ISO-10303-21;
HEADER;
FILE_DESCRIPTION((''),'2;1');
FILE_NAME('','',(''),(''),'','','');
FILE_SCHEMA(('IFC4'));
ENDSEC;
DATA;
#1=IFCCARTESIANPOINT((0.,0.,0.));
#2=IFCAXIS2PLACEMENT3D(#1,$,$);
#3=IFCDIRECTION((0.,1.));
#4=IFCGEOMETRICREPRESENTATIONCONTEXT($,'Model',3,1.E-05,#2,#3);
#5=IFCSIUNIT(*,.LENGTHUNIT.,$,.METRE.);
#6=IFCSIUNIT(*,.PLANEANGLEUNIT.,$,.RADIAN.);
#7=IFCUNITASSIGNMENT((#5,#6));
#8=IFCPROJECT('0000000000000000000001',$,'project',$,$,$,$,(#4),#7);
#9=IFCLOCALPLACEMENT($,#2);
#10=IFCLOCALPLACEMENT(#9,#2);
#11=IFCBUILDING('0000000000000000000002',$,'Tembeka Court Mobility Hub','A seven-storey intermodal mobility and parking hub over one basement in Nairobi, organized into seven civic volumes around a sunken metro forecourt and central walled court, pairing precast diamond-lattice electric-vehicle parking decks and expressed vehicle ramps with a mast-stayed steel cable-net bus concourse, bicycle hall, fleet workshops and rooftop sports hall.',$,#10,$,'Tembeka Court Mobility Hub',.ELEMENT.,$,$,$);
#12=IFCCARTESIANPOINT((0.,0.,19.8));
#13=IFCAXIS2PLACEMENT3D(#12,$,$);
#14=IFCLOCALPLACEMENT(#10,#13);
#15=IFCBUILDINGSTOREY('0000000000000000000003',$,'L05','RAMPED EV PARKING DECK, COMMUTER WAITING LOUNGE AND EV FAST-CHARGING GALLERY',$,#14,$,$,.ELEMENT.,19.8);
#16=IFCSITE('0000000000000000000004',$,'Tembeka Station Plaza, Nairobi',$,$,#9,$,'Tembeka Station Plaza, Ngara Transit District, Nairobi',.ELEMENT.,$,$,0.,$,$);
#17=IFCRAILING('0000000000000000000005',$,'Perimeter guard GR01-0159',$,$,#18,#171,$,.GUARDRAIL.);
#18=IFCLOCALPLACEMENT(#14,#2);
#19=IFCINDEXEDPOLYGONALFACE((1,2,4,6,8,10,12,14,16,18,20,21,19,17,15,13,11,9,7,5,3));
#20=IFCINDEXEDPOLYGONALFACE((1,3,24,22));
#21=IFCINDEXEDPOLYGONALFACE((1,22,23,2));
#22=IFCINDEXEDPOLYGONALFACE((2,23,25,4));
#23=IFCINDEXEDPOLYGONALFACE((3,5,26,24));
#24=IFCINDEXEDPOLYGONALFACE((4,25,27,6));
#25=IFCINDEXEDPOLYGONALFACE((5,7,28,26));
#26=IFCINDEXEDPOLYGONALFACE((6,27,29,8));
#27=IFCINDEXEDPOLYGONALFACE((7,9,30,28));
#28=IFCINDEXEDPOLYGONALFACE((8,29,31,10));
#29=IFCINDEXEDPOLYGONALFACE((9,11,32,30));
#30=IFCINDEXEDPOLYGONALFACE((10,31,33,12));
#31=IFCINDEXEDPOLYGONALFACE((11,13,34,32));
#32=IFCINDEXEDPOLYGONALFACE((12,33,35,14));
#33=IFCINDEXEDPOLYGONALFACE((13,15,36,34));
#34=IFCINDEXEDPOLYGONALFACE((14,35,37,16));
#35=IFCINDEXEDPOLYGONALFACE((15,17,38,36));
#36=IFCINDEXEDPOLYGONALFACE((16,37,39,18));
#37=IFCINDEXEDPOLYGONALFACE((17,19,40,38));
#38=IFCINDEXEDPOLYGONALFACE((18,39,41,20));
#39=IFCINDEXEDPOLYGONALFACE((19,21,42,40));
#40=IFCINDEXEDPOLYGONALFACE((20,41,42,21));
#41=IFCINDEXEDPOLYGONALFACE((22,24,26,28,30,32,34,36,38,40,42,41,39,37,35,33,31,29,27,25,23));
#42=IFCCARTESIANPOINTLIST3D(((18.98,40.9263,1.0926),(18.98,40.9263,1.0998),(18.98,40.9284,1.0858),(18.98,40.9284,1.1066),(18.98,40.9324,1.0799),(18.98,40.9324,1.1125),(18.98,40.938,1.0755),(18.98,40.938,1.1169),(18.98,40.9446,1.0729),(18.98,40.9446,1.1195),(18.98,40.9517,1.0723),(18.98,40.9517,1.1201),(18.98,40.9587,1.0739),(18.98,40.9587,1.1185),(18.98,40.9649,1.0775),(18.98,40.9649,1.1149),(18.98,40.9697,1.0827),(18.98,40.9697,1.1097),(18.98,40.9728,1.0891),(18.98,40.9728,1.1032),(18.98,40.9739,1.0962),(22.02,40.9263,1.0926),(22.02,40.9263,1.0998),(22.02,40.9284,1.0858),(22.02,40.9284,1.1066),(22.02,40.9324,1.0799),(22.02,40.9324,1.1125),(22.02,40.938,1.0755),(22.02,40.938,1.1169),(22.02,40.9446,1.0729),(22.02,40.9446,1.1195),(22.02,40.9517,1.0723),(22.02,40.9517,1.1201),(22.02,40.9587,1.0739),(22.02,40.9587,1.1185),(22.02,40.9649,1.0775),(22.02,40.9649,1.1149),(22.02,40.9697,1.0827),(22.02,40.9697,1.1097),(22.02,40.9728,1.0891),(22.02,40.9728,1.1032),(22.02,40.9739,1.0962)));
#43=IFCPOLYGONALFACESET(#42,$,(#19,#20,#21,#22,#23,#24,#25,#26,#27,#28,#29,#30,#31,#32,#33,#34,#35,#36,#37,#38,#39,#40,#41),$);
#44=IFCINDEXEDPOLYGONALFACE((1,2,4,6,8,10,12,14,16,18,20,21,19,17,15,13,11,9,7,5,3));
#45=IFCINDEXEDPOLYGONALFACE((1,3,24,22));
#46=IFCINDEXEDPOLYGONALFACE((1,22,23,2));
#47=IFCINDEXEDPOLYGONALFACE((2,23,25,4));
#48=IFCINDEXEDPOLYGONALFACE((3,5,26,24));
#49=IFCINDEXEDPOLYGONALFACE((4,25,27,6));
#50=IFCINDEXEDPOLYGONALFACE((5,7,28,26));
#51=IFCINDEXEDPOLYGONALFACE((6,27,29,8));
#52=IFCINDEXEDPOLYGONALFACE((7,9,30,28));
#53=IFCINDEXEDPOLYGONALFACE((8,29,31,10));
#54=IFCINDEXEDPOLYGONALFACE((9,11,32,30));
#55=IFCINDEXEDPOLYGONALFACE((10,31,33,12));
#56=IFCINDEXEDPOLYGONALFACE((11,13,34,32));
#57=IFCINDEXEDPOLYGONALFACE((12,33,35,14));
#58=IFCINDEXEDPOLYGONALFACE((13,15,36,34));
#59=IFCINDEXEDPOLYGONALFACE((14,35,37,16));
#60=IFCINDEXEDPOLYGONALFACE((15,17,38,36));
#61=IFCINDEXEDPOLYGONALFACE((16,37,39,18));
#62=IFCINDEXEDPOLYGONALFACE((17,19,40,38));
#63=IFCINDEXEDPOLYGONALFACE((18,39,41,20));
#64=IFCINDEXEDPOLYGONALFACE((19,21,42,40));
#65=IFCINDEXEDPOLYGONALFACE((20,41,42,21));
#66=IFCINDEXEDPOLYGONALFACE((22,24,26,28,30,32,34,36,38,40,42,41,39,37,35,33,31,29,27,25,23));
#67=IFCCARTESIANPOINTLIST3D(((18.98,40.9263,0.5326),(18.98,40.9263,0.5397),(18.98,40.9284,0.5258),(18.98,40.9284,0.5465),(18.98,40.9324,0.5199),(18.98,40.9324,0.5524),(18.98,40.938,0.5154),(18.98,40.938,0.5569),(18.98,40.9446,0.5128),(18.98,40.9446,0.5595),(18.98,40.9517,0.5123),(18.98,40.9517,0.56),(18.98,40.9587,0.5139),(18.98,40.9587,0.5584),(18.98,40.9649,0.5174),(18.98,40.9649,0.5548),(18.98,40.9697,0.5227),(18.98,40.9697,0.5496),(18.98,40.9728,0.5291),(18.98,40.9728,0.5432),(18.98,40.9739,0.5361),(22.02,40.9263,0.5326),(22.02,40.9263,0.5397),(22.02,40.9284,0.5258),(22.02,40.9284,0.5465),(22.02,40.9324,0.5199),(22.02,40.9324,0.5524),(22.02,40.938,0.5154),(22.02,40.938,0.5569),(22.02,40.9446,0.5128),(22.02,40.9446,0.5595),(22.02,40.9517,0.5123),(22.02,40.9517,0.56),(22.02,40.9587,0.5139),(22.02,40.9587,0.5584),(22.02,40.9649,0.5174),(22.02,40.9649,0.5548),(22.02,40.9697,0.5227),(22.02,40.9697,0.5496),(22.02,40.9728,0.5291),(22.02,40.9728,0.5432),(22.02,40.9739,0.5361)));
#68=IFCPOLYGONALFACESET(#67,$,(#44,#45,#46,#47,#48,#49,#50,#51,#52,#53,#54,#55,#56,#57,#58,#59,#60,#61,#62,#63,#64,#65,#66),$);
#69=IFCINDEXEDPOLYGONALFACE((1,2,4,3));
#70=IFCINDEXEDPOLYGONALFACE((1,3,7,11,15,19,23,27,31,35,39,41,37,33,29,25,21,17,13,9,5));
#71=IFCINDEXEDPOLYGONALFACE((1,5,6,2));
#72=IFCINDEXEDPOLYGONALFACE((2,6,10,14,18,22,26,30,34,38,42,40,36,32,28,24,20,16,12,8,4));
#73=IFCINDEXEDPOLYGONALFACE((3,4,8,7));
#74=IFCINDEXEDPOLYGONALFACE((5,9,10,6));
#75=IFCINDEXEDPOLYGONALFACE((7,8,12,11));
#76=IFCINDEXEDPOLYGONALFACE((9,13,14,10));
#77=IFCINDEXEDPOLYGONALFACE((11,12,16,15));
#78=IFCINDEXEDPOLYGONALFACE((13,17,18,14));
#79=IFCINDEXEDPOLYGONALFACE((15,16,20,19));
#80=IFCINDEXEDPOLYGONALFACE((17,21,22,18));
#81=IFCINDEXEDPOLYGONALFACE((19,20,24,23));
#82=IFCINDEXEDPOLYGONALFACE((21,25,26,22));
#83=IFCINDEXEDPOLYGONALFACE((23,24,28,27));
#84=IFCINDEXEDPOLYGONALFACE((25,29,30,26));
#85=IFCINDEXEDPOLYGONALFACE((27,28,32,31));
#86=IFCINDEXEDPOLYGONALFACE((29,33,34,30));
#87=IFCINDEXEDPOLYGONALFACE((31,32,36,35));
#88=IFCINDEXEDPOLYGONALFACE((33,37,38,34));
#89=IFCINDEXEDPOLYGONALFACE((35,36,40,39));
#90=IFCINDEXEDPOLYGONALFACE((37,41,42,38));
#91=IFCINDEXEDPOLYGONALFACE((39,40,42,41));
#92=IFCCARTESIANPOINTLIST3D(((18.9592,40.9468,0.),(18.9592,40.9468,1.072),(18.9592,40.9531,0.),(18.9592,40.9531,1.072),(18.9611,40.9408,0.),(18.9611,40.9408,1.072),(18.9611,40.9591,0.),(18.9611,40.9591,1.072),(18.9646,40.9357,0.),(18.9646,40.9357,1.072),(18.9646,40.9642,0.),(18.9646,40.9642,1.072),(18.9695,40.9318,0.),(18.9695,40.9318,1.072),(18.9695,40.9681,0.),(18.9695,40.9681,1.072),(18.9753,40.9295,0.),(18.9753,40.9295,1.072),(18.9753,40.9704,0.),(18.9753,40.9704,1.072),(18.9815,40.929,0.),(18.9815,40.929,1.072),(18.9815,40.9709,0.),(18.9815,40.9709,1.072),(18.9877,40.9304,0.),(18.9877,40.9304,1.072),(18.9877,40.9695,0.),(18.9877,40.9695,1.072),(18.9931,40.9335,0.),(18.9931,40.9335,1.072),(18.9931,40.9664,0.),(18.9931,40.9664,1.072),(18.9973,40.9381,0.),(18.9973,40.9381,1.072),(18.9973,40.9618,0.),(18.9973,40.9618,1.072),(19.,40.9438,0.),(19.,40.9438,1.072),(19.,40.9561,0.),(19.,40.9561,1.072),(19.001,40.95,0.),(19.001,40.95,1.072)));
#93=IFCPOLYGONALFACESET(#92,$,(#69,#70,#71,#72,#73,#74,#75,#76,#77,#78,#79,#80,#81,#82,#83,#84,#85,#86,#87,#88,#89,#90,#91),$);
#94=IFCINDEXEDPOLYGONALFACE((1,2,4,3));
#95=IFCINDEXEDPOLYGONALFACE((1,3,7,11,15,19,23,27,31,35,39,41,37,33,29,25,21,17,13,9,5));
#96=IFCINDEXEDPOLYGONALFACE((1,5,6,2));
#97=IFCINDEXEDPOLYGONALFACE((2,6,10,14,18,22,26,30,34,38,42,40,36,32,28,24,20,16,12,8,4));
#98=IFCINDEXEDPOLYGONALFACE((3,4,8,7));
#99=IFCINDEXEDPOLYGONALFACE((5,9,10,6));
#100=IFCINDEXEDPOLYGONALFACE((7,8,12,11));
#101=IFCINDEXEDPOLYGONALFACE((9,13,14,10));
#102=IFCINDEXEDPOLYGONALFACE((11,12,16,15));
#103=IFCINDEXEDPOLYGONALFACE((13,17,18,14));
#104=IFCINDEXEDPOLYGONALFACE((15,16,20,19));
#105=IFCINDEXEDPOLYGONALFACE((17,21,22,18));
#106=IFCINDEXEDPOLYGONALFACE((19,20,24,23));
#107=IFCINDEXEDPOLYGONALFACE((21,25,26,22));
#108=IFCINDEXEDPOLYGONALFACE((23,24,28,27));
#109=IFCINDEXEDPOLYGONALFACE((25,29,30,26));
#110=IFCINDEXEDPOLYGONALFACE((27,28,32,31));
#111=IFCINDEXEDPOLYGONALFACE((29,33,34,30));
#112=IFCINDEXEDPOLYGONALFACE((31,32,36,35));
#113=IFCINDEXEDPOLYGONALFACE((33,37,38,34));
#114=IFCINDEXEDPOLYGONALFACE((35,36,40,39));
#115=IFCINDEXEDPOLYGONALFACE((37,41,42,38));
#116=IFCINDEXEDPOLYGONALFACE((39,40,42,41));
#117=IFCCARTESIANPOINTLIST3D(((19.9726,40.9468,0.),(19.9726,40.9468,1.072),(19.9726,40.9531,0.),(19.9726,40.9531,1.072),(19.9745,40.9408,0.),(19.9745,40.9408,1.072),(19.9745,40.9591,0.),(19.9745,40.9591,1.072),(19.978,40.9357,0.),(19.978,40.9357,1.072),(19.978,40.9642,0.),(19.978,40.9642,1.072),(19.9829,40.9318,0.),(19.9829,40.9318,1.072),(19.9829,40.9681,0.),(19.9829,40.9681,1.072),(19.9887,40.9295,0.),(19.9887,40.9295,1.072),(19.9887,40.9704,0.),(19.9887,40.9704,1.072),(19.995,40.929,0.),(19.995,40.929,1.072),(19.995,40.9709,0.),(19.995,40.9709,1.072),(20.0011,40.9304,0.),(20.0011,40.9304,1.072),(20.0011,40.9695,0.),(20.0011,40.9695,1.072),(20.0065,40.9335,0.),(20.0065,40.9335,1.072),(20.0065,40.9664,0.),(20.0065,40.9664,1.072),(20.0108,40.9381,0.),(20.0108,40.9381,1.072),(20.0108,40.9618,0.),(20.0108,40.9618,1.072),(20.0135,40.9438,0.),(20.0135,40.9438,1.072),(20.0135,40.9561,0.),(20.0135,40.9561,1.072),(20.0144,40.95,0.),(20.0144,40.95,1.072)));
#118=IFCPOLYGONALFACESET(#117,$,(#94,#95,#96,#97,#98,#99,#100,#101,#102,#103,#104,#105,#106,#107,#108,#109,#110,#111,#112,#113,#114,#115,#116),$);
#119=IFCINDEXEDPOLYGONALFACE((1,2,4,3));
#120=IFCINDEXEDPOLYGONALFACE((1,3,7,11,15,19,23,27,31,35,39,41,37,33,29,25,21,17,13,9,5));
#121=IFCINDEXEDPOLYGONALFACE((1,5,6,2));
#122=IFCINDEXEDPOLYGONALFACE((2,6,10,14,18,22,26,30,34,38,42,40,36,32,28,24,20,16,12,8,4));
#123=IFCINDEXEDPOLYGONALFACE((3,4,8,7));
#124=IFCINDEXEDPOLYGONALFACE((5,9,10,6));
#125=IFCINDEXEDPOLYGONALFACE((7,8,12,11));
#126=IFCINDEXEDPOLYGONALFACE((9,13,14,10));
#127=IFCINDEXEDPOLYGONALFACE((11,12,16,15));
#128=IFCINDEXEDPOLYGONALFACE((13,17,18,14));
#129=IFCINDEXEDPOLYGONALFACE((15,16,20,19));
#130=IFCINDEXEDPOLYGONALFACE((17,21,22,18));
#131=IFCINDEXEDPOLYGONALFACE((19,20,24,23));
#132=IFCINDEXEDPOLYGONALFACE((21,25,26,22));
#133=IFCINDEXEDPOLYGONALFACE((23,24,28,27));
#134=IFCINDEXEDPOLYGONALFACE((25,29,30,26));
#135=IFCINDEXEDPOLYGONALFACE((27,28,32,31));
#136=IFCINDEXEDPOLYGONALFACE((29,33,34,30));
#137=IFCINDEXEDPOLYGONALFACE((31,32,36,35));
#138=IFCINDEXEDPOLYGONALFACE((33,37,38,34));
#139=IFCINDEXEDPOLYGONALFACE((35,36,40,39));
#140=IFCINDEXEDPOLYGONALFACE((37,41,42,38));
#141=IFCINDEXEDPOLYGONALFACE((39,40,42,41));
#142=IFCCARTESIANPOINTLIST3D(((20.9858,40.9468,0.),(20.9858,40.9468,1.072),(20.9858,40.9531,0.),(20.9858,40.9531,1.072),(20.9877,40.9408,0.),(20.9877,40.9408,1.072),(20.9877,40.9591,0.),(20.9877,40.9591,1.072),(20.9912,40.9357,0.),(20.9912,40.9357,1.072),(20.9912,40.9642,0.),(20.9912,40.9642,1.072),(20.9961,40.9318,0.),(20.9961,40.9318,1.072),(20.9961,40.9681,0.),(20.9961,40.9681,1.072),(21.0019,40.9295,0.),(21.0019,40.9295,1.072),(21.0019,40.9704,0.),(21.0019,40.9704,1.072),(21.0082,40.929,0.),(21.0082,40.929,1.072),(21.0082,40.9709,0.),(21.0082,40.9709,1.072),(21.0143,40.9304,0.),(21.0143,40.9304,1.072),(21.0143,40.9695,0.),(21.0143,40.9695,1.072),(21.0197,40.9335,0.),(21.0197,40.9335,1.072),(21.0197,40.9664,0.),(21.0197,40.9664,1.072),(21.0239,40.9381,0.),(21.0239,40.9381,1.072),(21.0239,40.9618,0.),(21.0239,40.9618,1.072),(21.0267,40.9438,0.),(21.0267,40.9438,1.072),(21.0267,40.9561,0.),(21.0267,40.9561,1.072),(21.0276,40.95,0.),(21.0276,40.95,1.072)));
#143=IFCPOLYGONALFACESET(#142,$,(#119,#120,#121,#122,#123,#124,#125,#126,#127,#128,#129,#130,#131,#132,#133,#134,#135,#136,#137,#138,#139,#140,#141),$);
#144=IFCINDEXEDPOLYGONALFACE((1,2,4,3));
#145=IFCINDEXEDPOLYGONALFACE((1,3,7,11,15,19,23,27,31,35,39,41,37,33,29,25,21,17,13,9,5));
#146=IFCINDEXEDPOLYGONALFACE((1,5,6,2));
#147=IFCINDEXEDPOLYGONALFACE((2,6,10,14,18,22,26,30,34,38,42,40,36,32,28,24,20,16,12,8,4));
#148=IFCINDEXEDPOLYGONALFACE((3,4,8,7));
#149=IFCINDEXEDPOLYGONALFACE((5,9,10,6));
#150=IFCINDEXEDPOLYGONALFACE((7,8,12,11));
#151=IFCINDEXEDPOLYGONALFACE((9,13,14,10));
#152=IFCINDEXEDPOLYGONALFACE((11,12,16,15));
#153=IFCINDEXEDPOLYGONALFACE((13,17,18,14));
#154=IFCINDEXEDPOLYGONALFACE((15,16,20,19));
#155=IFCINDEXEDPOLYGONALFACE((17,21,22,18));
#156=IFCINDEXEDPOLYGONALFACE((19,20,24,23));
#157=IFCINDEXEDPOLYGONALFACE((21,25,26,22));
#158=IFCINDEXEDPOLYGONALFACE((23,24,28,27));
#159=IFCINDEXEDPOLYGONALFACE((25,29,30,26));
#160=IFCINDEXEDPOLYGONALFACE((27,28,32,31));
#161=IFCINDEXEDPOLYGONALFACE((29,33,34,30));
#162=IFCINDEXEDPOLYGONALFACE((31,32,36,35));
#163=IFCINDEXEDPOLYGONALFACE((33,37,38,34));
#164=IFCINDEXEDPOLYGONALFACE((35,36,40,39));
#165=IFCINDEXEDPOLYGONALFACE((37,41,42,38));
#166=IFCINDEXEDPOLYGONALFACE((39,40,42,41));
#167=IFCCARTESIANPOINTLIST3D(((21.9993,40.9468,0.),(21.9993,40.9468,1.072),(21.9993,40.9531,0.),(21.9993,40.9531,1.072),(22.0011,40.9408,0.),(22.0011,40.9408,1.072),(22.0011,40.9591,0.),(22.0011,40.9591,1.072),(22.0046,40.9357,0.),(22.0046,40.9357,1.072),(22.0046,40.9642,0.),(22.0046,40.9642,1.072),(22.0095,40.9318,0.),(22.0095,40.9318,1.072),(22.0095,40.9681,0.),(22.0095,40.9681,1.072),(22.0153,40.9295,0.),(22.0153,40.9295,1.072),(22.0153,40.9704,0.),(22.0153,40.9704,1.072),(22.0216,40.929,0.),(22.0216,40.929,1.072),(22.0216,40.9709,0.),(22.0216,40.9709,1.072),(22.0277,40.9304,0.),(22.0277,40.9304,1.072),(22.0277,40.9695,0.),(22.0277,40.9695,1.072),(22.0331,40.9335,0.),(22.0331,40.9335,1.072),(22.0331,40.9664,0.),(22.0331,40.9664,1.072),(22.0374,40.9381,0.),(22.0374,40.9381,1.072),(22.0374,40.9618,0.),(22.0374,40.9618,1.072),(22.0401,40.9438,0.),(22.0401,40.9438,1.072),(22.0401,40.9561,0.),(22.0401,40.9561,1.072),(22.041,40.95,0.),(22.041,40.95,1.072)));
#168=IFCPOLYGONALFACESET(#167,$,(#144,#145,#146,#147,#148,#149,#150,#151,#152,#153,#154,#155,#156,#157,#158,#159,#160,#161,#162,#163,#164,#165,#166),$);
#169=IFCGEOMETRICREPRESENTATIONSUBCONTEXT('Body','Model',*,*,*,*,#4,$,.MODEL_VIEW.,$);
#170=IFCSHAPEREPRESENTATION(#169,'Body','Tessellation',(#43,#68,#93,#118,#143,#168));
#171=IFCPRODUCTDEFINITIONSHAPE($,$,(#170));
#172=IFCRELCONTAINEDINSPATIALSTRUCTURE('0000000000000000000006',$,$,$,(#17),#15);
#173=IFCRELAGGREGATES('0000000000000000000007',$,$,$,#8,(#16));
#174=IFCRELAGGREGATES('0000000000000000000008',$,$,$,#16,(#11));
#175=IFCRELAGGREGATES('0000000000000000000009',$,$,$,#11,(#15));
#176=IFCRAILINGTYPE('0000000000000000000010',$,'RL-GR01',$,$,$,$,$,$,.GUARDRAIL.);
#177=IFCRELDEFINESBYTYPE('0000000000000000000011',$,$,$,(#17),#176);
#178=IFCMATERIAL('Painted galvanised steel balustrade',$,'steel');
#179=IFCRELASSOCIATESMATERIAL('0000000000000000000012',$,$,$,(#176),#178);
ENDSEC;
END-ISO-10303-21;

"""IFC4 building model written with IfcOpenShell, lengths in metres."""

from ifc_helpers import new_model, si_unit, direction, frame, origin, origin_2d, place, context, subcontext, project, spatial, circle, extrude, material, type_object, element, save


model = new_model("IFC4")

# Units and contexts
model_context = context("Model", 3, precision=1e-05, world=origin(), true_north=direction((0.0, 1.0)))
body_context = subcontext(model_context, "Body", "Model", "MODEL_VIEW")
ifc_project = project(units=[si_unit("LENGTHUNIT", "METRE"), si_unit("PLANEANGLEUNIT", "RADIAN")], contexts=[model_context])

# Site, building, storey
site_placement = place(None, origin())
site = spatial("IfcSite", under=ifc_project, at=site_placement, Name="Tembeka Station Plaza, Nairobi", LongName="Tembeka Station Plaza, Ngara Transit District, Nairobi", CompositionType="ELEMENT", RefElevation=0.0)
building_placement = place(site_placement, origin())
building = spatial("IfcBuilding", under=site, at=building_placement, Name="Tembeka Court Mobility Hub", Description="A seven-storey intermodal mobility and parking hub over one basement in Nairobi, organized into seven civic volumes around a sunken metro forecourt and central walled court, pairing precast diamond-lattice electric-vehicle parking decks and expressed vehicle ramps with a mast-stayed steel cable-net bus concourse, bicycle hall, fleet workshops and rooftop sports hall.", LongName="Tembeka Court Mobility Hub", CompositionType="ELEMENT")
storey_placement = place(building_placement, frame((0.0, 0.0, 19.8)))
storey = spatial("IfcBuildingStorey", under=building, at=storey_placement, Name="L05", Description="RAMPED EV PARKING DECK, COMMUTER WAITING LOUNGE AND EV FAST-CHARGING GALLERY", CompositionType="ELEMENT", Elevation=19.8)

# Railing
ifc_material_1 = material(Name="Painted galvanised steel balustrade", Category="steel")
railing_type_1 = type_object("IfcRailingType", Name="RL-GR01", PredefinedType="GUARDRAIL", material=ifc_material_1)
railing_1_placement = place(storey_placement, frame((18.98, 40.95, 0.0)))
element("IfcRailing", 1, at=railing_1_placement, inside=storey, type_object=railing_type_1, Name="Perimeter guard GR01-0159", PredefinedType="GUARDRAIL", context=body_context, shape_type="SweptSolid", body=[
    extrude(circle(Radius=0.0239, at=origin_2d()), frame((0.0, 0.0, 1.0962), z_axis=(1.0, 0.0, 0.0), x_axis=(0.0, 1.0, 0.0)), (0.0, 0.0, 1.0), 3.04),
    extrude(circle(Radius=0.0239, at=origin_2d()), frame((0.0, 0.0, 0.5361), z_axis=(1.0, 0.0, 0.0), x_axis=(0.0, 1.0, 0.0)), (0.0, 0.0, 1.0), 3.04),
    extrude(circle(Radius=0.021, at=origin_2d()), origin(), (0.0, 0.0, 1.0), 1.072),
    extrude(circle(Radius=0.021, at=origin_2d()), frame((1.0134, 0.0, 0.0)), (0.0, 0.0, 1.0), 1.072),
    extrude(circle(Radius=0.021, at=origin_2d()), frame((2.0266, 0.0, 0.0)), (0.0, 0.0, 1.0), 1.072),
    extrude(circle(Radius=0.021, at=origin_2d()), frame((3.04, 0.0, 0.0)), (0.0, 0.0, 1.0), 1.072),
])

save(model, "model.ifc")
